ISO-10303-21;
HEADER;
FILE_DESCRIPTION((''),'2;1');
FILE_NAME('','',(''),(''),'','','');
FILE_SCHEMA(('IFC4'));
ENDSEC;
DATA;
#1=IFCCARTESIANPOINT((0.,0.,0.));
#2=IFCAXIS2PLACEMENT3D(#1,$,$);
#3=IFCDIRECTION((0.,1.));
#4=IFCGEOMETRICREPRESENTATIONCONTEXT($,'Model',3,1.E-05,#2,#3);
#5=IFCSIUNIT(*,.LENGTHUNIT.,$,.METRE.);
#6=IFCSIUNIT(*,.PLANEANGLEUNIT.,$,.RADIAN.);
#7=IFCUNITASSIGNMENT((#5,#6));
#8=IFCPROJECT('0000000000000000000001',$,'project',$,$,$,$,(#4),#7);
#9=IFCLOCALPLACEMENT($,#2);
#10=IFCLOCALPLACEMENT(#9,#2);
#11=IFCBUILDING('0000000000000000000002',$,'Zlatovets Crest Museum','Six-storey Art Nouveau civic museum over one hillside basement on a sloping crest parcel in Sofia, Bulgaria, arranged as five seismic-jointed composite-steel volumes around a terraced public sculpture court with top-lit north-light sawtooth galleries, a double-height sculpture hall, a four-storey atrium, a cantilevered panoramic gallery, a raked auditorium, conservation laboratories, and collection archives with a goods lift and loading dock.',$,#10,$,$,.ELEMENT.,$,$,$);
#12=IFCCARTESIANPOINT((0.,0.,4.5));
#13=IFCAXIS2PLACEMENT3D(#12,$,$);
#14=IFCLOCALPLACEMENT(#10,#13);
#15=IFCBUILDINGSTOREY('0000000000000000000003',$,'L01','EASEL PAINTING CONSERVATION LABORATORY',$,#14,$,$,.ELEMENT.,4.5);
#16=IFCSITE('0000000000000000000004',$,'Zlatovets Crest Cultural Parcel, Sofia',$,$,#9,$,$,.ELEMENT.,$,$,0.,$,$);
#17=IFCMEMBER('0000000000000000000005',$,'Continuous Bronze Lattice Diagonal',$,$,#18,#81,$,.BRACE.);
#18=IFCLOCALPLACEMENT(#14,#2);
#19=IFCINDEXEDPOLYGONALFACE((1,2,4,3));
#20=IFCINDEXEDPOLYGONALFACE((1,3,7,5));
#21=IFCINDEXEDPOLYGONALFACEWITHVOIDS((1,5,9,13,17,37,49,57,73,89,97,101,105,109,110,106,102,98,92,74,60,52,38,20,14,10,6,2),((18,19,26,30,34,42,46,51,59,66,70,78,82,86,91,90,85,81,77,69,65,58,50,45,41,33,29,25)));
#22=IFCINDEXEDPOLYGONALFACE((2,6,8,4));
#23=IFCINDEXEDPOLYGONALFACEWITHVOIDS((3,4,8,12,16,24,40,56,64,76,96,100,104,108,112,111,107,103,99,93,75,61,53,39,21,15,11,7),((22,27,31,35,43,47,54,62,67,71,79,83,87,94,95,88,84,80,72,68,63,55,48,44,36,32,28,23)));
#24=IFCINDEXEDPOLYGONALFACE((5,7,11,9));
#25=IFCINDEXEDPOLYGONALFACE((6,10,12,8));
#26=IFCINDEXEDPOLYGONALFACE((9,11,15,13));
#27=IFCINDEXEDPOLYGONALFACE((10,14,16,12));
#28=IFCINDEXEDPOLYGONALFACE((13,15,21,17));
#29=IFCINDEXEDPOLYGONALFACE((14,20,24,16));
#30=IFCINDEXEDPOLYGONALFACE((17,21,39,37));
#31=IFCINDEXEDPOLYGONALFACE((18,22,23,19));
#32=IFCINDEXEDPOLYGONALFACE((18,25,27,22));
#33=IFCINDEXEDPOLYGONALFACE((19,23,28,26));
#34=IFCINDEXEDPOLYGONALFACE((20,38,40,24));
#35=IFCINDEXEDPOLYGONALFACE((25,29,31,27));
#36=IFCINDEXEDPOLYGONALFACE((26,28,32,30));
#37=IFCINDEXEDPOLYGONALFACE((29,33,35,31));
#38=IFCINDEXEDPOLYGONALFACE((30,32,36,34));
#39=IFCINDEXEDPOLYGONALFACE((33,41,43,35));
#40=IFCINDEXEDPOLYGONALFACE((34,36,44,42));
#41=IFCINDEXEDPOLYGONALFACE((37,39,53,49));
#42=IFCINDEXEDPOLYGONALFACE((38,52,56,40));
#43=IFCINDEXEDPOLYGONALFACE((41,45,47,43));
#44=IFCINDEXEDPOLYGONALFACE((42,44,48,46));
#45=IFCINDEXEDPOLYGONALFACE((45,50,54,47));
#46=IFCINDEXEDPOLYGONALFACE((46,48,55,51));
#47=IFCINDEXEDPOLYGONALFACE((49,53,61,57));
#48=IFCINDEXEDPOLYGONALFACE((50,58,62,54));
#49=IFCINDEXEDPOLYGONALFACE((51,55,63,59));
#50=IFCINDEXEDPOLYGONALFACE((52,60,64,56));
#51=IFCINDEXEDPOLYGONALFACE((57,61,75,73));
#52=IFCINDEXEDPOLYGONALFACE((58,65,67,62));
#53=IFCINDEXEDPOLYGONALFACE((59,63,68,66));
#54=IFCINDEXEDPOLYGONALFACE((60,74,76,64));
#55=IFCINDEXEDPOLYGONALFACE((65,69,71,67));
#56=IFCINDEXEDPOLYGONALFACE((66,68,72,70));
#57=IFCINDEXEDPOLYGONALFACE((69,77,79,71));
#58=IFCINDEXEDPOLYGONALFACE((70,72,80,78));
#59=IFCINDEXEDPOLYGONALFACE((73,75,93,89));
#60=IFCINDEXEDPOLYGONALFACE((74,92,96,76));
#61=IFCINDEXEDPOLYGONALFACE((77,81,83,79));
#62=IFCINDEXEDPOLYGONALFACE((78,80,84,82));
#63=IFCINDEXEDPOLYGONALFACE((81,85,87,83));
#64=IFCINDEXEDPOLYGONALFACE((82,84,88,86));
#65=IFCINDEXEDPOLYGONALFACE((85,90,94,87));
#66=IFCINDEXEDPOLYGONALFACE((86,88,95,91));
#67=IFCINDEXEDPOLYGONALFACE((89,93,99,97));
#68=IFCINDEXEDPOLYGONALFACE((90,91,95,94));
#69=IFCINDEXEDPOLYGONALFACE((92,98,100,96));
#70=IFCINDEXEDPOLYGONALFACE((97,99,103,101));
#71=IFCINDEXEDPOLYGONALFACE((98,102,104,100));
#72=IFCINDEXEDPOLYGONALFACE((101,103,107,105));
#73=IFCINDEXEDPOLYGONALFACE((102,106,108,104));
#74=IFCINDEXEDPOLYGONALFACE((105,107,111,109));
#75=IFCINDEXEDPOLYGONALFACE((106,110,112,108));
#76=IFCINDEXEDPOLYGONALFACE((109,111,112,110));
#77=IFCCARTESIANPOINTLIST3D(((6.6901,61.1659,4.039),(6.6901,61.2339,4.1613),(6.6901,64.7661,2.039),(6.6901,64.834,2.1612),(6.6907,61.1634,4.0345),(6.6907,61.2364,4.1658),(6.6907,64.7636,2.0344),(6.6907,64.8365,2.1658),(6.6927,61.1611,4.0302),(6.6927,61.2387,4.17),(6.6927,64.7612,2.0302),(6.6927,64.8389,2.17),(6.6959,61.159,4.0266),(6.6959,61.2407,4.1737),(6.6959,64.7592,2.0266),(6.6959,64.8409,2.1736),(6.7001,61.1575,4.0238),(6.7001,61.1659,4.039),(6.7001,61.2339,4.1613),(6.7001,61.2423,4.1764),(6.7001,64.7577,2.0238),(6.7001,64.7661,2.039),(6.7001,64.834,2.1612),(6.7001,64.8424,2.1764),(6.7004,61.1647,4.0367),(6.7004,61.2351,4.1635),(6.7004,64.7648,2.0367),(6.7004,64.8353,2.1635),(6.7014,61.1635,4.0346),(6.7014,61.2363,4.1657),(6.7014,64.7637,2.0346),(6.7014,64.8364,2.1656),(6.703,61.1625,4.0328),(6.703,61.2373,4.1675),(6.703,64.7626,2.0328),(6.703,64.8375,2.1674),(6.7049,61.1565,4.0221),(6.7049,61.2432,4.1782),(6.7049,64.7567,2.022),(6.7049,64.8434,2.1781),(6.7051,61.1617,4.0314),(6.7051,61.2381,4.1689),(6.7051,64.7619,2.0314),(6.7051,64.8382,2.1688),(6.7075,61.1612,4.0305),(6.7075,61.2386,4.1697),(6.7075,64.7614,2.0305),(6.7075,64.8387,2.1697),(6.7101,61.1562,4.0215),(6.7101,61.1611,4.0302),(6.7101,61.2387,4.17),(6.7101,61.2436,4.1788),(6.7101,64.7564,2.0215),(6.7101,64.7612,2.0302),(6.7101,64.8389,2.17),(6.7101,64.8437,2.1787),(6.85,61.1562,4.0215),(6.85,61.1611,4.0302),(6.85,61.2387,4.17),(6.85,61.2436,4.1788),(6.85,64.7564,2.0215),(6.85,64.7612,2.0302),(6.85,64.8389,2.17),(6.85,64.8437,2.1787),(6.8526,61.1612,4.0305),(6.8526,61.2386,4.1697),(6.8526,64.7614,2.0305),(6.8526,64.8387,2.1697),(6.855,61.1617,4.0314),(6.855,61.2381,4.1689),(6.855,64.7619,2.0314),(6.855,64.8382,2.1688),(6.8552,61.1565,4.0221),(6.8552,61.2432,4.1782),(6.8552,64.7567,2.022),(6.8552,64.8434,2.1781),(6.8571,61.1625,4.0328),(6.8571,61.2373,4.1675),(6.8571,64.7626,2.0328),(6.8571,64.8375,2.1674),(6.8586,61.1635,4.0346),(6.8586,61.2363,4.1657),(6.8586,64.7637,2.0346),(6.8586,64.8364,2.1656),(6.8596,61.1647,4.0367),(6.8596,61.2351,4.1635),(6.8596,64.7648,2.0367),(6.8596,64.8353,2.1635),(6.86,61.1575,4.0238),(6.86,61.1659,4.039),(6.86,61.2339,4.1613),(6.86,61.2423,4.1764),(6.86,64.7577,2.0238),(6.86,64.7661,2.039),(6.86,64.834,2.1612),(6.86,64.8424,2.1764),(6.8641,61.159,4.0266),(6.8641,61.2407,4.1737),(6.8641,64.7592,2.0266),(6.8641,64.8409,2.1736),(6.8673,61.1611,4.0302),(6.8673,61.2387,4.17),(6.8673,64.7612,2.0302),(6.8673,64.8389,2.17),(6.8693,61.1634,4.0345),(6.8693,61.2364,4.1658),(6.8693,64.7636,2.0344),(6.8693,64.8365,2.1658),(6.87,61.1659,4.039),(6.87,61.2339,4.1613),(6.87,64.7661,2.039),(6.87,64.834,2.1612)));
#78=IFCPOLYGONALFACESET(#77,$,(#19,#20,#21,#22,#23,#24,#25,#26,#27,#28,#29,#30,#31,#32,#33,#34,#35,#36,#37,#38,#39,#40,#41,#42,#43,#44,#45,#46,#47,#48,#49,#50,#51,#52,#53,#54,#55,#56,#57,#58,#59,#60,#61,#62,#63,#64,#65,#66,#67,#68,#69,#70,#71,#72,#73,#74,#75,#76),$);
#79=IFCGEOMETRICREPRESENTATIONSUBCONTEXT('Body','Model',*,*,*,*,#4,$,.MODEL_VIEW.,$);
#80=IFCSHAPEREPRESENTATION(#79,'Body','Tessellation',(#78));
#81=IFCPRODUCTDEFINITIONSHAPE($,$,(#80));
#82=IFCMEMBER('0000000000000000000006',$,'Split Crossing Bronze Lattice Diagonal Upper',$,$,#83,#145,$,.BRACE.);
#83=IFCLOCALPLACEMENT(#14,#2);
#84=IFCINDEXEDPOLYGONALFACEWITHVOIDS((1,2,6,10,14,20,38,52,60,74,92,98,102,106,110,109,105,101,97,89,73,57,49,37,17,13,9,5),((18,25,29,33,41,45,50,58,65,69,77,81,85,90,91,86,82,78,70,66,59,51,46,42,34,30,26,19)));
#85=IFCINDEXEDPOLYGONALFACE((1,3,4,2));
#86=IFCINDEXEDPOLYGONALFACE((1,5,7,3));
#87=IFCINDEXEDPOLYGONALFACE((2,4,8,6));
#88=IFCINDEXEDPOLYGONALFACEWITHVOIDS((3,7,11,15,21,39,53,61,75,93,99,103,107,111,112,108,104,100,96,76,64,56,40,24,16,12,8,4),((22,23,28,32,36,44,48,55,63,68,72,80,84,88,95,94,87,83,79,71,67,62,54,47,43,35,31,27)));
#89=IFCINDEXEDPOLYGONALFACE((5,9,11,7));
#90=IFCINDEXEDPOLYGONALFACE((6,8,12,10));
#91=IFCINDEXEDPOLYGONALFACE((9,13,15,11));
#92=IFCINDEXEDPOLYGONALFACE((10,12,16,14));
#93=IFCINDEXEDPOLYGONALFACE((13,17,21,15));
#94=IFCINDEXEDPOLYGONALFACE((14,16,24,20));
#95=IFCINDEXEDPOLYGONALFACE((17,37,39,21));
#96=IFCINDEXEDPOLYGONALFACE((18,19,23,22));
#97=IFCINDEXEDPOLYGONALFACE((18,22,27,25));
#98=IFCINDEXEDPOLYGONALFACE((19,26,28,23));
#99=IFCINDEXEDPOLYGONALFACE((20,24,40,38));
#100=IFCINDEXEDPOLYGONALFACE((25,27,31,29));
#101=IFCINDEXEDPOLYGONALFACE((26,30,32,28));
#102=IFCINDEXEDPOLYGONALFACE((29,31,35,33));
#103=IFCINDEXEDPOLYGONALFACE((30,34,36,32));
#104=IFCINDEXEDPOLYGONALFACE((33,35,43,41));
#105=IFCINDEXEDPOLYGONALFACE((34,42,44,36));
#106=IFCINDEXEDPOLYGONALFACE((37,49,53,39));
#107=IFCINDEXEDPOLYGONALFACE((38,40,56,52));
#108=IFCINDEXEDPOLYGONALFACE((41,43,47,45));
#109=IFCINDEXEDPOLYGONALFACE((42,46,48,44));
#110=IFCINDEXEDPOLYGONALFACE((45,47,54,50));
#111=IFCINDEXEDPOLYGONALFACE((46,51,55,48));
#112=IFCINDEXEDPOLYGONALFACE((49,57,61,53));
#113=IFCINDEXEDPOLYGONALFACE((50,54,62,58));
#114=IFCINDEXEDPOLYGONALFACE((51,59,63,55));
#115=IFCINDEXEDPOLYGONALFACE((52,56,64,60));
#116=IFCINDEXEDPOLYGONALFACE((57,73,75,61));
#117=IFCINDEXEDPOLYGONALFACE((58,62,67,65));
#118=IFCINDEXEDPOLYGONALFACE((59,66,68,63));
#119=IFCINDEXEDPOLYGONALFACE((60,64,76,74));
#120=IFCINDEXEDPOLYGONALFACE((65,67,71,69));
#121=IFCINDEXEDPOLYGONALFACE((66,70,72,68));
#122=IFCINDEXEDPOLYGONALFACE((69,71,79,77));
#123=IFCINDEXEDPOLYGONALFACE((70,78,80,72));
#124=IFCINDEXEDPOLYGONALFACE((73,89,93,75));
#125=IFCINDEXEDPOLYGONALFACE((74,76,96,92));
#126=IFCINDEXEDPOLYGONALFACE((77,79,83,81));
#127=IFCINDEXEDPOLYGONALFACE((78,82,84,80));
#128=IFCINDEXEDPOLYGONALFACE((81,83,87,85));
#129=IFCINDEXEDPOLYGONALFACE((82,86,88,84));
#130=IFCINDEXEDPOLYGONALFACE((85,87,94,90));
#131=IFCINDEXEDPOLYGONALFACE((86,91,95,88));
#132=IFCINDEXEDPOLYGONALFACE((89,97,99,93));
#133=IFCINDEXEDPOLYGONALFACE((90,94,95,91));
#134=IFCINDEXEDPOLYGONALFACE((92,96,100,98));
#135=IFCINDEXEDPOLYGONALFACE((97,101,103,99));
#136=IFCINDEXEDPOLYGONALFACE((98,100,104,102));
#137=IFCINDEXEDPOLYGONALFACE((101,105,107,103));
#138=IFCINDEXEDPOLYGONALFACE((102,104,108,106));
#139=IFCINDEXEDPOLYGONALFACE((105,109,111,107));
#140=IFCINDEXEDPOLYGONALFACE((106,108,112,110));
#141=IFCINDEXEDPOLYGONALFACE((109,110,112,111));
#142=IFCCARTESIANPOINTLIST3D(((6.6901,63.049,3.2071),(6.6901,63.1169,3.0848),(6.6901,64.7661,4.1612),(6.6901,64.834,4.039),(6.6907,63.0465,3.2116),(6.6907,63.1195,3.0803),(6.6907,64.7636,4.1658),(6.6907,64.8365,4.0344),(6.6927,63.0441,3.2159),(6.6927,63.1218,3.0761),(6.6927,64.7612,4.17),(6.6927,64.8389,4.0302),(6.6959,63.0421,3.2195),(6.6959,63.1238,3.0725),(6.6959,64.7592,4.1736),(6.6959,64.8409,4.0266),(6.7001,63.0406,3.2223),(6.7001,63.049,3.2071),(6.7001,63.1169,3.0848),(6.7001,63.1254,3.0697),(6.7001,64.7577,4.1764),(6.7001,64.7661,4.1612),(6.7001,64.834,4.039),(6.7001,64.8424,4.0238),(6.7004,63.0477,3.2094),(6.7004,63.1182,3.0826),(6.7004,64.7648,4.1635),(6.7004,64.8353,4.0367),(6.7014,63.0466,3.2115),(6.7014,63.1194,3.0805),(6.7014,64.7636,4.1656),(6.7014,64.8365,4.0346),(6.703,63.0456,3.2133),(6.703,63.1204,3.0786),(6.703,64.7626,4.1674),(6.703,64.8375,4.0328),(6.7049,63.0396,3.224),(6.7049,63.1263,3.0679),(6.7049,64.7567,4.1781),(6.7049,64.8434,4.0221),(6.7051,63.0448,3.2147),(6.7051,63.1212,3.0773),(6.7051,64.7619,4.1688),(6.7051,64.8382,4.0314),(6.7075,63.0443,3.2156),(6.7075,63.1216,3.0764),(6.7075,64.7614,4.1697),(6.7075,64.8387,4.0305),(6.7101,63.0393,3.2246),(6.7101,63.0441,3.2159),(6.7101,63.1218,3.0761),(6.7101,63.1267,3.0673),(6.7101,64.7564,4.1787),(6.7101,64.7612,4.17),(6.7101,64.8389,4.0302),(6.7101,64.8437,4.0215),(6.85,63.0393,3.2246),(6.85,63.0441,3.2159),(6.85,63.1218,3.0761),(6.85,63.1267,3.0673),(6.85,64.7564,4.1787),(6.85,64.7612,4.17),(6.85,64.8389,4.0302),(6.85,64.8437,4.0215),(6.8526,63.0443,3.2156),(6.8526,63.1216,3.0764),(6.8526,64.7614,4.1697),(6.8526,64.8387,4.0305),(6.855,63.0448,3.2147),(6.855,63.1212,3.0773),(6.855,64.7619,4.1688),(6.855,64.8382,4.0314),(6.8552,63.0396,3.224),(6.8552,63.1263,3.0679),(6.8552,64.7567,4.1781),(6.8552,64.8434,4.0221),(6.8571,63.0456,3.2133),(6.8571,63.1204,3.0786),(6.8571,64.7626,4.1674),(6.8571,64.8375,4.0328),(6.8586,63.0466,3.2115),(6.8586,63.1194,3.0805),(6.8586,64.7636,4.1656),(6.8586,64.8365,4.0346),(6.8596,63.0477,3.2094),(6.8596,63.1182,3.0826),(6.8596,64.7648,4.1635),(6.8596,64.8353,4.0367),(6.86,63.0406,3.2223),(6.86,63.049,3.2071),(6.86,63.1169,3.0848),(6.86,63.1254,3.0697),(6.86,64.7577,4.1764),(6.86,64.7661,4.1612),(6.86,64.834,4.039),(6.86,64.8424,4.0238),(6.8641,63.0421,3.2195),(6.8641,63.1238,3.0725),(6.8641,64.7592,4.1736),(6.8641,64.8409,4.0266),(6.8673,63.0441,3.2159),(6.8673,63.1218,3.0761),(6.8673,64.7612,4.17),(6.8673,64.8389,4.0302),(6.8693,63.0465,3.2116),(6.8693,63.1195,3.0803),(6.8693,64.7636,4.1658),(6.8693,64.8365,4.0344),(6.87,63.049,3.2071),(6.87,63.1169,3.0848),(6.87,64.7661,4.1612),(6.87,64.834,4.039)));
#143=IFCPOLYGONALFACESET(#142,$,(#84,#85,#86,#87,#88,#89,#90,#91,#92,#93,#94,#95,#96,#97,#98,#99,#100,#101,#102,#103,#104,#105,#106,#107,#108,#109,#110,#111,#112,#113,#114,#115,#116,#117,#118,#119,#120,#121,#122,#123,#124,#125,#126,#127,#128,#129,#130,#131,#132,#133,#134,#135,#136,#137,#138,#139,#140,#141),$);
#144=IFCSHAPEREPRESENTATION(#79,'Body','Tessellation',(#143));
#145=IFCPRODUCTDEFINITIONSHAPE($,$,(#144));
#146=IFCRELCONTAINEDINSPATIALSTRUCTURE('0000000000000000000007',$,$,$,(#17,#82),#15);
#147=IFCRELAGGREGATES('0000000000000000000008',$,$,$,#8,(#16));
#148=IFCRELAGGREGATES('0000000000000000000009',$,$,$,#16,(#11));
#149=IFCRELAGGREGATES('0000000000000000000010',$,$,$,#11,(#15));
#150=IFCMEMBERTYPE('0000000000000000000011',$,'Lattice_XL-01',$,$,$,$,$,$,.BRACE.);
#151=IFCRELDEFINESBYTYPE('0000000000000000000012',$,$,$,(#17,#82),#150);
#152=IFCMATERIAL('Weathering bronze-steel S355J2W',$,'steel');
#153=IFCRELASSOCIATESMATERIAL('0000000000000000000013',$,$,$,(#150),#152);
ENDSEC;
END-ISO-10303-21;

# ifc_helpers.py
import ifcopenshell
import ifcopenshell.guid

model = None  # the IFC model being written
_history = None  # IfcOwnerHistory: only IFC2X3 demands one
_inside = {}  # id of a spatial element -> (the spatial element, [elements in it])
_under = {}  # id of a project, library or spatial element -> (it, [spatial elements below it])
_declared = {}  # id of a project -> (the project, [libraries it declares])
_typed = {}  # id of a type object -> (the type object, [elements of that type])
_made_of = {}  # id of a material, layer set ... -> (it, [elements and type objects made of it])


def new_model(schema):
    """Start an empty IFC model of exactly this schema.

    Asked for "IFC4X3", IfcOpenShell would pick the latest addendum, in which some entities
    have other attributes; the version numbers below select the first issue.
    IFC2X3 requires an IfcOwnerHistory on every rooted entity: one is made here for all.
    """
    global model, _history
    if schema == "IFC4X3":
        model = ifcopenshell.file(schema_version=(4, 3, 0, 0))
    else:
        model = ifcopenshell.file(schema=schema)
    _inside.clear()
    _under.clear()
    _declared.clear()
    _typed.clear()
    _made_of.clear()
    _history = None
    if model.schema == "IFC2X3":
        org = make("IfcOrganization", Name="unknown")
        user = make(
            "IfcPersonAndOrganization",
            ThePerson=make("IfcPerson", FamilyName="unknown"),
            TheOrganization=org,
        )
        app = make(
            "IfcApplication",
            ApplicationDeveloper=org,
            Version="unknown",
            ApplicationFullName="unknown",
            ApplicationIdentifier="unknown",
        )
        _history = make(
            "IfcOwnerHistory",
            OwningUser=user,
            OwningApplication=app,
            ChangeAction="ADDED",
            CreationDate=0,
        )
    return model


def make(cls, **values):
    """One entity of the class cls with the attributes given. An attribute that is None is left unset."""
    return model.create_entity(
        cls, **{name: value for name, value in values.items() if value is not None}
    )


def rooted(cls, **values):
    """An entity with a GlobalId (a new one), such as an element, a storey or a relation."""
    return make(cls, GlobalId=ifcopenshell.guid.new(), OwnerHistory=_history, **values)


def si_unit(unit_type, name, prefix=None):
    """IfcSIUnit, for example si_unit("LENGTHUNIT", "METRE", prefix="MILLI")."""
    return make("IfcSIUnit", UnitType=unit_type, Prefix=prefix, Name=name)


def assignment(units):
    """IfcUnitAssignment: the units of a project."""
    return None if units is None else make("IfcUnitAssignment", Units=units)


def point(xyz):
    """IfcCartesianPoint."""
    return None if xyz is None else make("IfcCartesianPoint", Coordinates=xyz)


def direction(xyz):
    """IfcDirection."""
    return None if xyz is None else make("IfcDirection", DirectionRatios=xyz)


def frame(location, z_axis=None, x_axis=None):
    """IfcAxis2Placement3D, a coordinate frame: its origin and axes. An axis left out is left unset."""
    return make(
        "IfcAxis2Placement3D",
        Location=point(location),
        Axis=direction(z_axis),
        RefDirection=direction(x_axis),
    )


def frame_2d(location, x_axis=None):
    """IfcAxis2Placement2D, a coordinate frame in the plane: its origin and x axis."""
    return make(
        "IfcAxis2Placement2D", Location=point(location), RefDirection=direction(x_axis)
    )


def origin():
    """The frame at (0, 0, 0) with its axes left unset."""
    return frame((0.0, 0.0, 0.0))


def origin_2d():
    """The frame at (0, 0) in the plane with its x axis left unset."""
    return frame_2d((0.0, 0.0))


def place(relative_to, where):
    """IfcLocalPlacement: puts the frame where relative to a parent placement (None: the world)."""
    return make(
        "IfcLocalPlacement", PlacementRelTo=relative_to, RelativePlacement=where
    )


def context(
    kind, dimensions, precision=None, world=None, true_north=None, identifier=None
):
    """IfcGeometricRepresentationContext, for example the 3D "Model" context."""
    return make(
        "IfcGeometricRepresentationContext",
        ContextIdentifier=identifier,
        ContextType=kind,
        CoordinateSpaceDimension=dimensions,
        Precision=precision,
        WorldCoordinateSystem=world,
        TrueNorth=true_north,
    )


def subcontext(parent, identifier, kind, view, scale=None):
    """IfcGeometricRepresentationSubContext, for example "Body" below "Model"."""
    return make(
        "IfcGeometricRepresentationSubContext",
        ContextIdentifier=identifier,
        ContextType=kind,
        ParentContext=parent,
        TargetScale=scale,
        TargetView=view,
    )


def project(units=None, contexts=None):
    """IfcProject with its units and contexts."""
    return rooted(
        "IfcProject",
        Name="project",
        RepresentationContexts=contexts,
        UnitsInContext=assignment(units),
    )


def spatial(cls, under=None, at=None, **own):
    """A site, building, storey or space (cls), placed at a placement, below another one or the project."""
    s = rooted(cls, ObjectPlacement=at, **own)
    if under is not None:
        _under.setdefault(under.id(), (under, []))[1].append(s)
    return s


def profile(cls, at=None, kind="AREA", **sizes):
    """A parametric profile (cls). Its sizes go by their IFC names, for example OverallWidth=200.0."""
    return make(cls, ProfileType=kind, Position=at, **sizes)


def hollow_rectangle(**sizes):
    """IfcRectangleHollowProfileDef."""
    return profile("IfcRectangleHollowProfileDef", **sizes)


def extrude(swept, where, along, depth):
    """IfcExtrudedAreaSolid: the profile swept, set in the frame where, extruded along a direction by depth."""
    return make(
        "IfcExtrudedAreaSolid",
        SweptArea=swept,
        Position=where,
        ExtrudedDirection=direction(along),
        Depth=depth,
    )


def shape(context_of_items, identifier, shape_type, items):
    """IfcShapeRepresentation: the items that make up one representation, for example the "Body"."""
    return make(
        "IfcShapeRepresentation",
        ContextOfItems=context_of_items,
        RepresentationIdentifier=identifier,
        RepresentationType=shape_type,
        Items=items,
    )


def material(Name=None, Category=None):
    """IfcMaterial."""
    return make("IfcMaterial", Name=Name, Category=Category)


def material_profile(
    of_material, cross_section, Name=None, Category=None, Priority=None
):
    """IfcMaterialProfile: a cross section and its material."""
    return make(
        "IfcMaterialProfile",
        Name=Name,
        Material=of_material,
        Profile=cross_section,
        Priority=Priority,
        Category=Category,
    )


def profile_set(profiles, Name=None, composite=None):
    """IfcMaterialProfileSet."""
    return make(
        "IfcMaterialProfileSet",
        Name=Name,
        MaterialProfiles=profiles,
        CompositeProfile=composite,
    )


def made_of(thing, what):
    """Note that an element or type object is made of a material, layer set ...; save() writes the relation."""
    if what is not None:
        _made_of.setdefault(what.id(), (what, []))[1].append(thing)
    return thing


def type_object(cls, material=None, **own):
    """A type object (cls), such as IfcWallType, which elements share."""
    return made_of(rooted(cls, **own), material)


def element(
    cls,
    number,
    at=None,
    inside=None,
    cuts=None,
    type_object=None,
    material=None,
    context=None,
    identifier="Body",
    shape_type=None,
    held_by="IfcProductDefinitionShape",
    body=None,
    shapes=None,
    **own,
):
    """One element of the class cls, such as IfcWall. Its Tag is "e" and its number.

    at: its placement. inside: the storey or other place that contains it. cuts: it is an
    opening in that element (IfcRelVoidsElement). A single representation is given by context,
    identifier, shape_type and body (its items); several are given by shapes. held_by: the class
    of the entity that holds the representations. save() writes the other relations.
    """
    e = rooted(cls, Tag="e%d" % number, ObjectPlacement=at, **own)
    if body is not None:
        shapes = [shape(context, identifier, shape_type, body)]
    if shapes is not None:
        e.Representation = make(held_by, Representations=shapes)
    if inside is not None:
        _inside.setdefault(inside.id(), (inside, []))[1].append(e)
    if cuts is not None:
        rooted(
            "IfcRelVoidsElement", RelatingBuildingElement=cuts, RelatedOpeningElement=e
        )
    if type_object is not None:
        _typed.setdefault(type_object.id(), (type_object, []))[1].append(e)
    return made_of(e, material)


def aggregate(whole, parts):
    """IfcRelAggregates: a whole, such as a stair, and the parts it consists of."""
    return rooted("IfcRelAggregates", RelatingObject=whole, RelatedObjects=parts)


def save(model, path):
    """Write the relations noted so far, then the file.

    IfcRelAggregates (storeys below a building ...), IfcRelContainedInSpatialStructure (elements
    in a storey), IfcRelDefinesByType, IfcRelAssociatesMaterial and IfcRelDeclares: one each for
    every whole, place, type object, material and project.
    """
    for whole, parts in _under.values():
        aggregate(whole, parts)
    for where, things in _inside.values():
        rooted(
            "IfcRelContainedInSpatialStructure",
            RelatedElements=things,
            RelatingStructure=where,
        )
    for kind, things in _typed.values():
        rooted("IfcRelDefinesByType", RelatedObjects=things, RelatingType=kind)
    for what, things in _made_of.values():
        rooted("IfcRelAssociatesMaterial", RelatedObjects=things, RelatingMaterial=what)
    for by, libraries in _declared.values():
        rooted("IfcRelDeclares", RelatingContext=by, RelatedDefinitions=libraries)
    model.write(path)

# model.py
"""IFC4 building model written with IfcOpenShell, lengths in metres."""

from ifc_helpers import new_model, si_unit, direction, frame, origin, origin_2d, place, context, subcontext, project, spatial, hollow_rectangle, extrude, material, material_profile, profile_set, type_object, element, save


model = new_model("IFC4")

# Units and contexts
model_context = context("Model", 3, precision=1e-05, world=origin(), true_north=direction((0.0, 1.0)))
body_context = subcontext(model_context, "Body", "Model", "MODEL_VIEW")
ifc_project = project(units=[si_unit("LENGTHUNIT", "METRE"), si_unit("PLANEANGLEUNIT", "RADIAN")], contexts=[model_context])

# Site, building, storey
site_placement = place(None, origin())
site = spatial("IfcSite", under=ifc_project, at=site_placement, Name="Zlatovets Crest Cultural Parcel, Sofia", CompositionType="ELEMENT", RefElevation=0.0)
building_placement = place(site_placement, origin())
building = spatial("IfcBuilding", under=site, at=building_placement, Name="Zlatovets Crest Museum", Description="Six-storey Art Nouveau civic museum over one hillside basement on a sloping crest parcel in Sofia, Bulgaria, arranged as five seismic-jointed composite-steel volumes around a terraced public sculpture court with top-lit north-light sawtooth galleries, a double-height sculpture hall, a four-storey atrium, a cantilevered panoramic gallery, a raked auditorium, conservation laboratories, and collection archives with a goods lift and loading dock.", CompositionType="ELEMENT")
storey_placement = place(building_placement, frame((0.0, 0.0, 4.5)))
storey = spatial("IfcBuildingStorey", under=building, at=storey_placement, Name="L01", Description="EASEL PAINTING CONSERVATION LABORATORY", CompositionType="ELEMENT", Elevation=4.5)

# Members
ifc_material_1 = material(Name="Weathering bronze-steel S355J2W", Category="steel")
ifc_material_profile_1 = material_profile(ifc_material_1, hollow_rectangle(XDim=0.1799, YDim=0.1799, WallThickness=0.01, InnerFilletRadius=0.01, OuterFilletRadius=0.02, at=origin_2d()), Name="SHS 180x180x10.0")
ifc_profile_set_1 = profile_set([ifc_material_profile_1], Name="Weathering bronze-steel S355J2W")
member_type_1 = type_object("IfcMemberType", Name="Lattice_XL-01", PredefinedType="BRACE", material=ifc_profile_set_1)
member_1_placement = place(storey_placement, frame((6.78, 64.8, 2.1001), z_axis=(0.0, -0.874163, 0.485633), x_axis=(1.0, 0.0, 0.0)))
element("IfcMember", 1, at=member_1_placement, inside=storey, type_object=member_type_1, Name="Continuous Bronze Lattice Diagonal", PredefinedType="BRACE", context=body_context, shape_type="SweptSolid", body=[
    extrude(hollow_rectangle(XDim=0.1799, YDim=0.1799, WallThickness=0.01, InnerFilletRadius=0.01, OuterFilletRadius=0.02, at=origin_2d()), origin(), (0.0, 0.0, 1.0), 4.1184),
])
member_2_placement = place(storey_placement, frame((6.78, 64.8, 4.1001), z_axis=(0.0, -0.874116, -0.485717), x_axis=(1.0, 0.0, 0.0)))
element("IfcMember", 2, at=member_2_placement, inside=storey, type_object=member_type_1, Name="Split Crossing Bronze Lattice Diagonal Upper", PredefinedType="BRACE", context=body_context, shape_type="SweptSolid", body=[
    extrude(hollow_rectangle(XDim=0.1799, YDim=0.1799, WallThickness=0.01, InnerFilletRadius=0.01, OuterFilletRadius=0.02, at=origin_2d()), origin(), (0.0, 0.0, 1.0), 1.9644),
])

save(model, "model.ifc")
